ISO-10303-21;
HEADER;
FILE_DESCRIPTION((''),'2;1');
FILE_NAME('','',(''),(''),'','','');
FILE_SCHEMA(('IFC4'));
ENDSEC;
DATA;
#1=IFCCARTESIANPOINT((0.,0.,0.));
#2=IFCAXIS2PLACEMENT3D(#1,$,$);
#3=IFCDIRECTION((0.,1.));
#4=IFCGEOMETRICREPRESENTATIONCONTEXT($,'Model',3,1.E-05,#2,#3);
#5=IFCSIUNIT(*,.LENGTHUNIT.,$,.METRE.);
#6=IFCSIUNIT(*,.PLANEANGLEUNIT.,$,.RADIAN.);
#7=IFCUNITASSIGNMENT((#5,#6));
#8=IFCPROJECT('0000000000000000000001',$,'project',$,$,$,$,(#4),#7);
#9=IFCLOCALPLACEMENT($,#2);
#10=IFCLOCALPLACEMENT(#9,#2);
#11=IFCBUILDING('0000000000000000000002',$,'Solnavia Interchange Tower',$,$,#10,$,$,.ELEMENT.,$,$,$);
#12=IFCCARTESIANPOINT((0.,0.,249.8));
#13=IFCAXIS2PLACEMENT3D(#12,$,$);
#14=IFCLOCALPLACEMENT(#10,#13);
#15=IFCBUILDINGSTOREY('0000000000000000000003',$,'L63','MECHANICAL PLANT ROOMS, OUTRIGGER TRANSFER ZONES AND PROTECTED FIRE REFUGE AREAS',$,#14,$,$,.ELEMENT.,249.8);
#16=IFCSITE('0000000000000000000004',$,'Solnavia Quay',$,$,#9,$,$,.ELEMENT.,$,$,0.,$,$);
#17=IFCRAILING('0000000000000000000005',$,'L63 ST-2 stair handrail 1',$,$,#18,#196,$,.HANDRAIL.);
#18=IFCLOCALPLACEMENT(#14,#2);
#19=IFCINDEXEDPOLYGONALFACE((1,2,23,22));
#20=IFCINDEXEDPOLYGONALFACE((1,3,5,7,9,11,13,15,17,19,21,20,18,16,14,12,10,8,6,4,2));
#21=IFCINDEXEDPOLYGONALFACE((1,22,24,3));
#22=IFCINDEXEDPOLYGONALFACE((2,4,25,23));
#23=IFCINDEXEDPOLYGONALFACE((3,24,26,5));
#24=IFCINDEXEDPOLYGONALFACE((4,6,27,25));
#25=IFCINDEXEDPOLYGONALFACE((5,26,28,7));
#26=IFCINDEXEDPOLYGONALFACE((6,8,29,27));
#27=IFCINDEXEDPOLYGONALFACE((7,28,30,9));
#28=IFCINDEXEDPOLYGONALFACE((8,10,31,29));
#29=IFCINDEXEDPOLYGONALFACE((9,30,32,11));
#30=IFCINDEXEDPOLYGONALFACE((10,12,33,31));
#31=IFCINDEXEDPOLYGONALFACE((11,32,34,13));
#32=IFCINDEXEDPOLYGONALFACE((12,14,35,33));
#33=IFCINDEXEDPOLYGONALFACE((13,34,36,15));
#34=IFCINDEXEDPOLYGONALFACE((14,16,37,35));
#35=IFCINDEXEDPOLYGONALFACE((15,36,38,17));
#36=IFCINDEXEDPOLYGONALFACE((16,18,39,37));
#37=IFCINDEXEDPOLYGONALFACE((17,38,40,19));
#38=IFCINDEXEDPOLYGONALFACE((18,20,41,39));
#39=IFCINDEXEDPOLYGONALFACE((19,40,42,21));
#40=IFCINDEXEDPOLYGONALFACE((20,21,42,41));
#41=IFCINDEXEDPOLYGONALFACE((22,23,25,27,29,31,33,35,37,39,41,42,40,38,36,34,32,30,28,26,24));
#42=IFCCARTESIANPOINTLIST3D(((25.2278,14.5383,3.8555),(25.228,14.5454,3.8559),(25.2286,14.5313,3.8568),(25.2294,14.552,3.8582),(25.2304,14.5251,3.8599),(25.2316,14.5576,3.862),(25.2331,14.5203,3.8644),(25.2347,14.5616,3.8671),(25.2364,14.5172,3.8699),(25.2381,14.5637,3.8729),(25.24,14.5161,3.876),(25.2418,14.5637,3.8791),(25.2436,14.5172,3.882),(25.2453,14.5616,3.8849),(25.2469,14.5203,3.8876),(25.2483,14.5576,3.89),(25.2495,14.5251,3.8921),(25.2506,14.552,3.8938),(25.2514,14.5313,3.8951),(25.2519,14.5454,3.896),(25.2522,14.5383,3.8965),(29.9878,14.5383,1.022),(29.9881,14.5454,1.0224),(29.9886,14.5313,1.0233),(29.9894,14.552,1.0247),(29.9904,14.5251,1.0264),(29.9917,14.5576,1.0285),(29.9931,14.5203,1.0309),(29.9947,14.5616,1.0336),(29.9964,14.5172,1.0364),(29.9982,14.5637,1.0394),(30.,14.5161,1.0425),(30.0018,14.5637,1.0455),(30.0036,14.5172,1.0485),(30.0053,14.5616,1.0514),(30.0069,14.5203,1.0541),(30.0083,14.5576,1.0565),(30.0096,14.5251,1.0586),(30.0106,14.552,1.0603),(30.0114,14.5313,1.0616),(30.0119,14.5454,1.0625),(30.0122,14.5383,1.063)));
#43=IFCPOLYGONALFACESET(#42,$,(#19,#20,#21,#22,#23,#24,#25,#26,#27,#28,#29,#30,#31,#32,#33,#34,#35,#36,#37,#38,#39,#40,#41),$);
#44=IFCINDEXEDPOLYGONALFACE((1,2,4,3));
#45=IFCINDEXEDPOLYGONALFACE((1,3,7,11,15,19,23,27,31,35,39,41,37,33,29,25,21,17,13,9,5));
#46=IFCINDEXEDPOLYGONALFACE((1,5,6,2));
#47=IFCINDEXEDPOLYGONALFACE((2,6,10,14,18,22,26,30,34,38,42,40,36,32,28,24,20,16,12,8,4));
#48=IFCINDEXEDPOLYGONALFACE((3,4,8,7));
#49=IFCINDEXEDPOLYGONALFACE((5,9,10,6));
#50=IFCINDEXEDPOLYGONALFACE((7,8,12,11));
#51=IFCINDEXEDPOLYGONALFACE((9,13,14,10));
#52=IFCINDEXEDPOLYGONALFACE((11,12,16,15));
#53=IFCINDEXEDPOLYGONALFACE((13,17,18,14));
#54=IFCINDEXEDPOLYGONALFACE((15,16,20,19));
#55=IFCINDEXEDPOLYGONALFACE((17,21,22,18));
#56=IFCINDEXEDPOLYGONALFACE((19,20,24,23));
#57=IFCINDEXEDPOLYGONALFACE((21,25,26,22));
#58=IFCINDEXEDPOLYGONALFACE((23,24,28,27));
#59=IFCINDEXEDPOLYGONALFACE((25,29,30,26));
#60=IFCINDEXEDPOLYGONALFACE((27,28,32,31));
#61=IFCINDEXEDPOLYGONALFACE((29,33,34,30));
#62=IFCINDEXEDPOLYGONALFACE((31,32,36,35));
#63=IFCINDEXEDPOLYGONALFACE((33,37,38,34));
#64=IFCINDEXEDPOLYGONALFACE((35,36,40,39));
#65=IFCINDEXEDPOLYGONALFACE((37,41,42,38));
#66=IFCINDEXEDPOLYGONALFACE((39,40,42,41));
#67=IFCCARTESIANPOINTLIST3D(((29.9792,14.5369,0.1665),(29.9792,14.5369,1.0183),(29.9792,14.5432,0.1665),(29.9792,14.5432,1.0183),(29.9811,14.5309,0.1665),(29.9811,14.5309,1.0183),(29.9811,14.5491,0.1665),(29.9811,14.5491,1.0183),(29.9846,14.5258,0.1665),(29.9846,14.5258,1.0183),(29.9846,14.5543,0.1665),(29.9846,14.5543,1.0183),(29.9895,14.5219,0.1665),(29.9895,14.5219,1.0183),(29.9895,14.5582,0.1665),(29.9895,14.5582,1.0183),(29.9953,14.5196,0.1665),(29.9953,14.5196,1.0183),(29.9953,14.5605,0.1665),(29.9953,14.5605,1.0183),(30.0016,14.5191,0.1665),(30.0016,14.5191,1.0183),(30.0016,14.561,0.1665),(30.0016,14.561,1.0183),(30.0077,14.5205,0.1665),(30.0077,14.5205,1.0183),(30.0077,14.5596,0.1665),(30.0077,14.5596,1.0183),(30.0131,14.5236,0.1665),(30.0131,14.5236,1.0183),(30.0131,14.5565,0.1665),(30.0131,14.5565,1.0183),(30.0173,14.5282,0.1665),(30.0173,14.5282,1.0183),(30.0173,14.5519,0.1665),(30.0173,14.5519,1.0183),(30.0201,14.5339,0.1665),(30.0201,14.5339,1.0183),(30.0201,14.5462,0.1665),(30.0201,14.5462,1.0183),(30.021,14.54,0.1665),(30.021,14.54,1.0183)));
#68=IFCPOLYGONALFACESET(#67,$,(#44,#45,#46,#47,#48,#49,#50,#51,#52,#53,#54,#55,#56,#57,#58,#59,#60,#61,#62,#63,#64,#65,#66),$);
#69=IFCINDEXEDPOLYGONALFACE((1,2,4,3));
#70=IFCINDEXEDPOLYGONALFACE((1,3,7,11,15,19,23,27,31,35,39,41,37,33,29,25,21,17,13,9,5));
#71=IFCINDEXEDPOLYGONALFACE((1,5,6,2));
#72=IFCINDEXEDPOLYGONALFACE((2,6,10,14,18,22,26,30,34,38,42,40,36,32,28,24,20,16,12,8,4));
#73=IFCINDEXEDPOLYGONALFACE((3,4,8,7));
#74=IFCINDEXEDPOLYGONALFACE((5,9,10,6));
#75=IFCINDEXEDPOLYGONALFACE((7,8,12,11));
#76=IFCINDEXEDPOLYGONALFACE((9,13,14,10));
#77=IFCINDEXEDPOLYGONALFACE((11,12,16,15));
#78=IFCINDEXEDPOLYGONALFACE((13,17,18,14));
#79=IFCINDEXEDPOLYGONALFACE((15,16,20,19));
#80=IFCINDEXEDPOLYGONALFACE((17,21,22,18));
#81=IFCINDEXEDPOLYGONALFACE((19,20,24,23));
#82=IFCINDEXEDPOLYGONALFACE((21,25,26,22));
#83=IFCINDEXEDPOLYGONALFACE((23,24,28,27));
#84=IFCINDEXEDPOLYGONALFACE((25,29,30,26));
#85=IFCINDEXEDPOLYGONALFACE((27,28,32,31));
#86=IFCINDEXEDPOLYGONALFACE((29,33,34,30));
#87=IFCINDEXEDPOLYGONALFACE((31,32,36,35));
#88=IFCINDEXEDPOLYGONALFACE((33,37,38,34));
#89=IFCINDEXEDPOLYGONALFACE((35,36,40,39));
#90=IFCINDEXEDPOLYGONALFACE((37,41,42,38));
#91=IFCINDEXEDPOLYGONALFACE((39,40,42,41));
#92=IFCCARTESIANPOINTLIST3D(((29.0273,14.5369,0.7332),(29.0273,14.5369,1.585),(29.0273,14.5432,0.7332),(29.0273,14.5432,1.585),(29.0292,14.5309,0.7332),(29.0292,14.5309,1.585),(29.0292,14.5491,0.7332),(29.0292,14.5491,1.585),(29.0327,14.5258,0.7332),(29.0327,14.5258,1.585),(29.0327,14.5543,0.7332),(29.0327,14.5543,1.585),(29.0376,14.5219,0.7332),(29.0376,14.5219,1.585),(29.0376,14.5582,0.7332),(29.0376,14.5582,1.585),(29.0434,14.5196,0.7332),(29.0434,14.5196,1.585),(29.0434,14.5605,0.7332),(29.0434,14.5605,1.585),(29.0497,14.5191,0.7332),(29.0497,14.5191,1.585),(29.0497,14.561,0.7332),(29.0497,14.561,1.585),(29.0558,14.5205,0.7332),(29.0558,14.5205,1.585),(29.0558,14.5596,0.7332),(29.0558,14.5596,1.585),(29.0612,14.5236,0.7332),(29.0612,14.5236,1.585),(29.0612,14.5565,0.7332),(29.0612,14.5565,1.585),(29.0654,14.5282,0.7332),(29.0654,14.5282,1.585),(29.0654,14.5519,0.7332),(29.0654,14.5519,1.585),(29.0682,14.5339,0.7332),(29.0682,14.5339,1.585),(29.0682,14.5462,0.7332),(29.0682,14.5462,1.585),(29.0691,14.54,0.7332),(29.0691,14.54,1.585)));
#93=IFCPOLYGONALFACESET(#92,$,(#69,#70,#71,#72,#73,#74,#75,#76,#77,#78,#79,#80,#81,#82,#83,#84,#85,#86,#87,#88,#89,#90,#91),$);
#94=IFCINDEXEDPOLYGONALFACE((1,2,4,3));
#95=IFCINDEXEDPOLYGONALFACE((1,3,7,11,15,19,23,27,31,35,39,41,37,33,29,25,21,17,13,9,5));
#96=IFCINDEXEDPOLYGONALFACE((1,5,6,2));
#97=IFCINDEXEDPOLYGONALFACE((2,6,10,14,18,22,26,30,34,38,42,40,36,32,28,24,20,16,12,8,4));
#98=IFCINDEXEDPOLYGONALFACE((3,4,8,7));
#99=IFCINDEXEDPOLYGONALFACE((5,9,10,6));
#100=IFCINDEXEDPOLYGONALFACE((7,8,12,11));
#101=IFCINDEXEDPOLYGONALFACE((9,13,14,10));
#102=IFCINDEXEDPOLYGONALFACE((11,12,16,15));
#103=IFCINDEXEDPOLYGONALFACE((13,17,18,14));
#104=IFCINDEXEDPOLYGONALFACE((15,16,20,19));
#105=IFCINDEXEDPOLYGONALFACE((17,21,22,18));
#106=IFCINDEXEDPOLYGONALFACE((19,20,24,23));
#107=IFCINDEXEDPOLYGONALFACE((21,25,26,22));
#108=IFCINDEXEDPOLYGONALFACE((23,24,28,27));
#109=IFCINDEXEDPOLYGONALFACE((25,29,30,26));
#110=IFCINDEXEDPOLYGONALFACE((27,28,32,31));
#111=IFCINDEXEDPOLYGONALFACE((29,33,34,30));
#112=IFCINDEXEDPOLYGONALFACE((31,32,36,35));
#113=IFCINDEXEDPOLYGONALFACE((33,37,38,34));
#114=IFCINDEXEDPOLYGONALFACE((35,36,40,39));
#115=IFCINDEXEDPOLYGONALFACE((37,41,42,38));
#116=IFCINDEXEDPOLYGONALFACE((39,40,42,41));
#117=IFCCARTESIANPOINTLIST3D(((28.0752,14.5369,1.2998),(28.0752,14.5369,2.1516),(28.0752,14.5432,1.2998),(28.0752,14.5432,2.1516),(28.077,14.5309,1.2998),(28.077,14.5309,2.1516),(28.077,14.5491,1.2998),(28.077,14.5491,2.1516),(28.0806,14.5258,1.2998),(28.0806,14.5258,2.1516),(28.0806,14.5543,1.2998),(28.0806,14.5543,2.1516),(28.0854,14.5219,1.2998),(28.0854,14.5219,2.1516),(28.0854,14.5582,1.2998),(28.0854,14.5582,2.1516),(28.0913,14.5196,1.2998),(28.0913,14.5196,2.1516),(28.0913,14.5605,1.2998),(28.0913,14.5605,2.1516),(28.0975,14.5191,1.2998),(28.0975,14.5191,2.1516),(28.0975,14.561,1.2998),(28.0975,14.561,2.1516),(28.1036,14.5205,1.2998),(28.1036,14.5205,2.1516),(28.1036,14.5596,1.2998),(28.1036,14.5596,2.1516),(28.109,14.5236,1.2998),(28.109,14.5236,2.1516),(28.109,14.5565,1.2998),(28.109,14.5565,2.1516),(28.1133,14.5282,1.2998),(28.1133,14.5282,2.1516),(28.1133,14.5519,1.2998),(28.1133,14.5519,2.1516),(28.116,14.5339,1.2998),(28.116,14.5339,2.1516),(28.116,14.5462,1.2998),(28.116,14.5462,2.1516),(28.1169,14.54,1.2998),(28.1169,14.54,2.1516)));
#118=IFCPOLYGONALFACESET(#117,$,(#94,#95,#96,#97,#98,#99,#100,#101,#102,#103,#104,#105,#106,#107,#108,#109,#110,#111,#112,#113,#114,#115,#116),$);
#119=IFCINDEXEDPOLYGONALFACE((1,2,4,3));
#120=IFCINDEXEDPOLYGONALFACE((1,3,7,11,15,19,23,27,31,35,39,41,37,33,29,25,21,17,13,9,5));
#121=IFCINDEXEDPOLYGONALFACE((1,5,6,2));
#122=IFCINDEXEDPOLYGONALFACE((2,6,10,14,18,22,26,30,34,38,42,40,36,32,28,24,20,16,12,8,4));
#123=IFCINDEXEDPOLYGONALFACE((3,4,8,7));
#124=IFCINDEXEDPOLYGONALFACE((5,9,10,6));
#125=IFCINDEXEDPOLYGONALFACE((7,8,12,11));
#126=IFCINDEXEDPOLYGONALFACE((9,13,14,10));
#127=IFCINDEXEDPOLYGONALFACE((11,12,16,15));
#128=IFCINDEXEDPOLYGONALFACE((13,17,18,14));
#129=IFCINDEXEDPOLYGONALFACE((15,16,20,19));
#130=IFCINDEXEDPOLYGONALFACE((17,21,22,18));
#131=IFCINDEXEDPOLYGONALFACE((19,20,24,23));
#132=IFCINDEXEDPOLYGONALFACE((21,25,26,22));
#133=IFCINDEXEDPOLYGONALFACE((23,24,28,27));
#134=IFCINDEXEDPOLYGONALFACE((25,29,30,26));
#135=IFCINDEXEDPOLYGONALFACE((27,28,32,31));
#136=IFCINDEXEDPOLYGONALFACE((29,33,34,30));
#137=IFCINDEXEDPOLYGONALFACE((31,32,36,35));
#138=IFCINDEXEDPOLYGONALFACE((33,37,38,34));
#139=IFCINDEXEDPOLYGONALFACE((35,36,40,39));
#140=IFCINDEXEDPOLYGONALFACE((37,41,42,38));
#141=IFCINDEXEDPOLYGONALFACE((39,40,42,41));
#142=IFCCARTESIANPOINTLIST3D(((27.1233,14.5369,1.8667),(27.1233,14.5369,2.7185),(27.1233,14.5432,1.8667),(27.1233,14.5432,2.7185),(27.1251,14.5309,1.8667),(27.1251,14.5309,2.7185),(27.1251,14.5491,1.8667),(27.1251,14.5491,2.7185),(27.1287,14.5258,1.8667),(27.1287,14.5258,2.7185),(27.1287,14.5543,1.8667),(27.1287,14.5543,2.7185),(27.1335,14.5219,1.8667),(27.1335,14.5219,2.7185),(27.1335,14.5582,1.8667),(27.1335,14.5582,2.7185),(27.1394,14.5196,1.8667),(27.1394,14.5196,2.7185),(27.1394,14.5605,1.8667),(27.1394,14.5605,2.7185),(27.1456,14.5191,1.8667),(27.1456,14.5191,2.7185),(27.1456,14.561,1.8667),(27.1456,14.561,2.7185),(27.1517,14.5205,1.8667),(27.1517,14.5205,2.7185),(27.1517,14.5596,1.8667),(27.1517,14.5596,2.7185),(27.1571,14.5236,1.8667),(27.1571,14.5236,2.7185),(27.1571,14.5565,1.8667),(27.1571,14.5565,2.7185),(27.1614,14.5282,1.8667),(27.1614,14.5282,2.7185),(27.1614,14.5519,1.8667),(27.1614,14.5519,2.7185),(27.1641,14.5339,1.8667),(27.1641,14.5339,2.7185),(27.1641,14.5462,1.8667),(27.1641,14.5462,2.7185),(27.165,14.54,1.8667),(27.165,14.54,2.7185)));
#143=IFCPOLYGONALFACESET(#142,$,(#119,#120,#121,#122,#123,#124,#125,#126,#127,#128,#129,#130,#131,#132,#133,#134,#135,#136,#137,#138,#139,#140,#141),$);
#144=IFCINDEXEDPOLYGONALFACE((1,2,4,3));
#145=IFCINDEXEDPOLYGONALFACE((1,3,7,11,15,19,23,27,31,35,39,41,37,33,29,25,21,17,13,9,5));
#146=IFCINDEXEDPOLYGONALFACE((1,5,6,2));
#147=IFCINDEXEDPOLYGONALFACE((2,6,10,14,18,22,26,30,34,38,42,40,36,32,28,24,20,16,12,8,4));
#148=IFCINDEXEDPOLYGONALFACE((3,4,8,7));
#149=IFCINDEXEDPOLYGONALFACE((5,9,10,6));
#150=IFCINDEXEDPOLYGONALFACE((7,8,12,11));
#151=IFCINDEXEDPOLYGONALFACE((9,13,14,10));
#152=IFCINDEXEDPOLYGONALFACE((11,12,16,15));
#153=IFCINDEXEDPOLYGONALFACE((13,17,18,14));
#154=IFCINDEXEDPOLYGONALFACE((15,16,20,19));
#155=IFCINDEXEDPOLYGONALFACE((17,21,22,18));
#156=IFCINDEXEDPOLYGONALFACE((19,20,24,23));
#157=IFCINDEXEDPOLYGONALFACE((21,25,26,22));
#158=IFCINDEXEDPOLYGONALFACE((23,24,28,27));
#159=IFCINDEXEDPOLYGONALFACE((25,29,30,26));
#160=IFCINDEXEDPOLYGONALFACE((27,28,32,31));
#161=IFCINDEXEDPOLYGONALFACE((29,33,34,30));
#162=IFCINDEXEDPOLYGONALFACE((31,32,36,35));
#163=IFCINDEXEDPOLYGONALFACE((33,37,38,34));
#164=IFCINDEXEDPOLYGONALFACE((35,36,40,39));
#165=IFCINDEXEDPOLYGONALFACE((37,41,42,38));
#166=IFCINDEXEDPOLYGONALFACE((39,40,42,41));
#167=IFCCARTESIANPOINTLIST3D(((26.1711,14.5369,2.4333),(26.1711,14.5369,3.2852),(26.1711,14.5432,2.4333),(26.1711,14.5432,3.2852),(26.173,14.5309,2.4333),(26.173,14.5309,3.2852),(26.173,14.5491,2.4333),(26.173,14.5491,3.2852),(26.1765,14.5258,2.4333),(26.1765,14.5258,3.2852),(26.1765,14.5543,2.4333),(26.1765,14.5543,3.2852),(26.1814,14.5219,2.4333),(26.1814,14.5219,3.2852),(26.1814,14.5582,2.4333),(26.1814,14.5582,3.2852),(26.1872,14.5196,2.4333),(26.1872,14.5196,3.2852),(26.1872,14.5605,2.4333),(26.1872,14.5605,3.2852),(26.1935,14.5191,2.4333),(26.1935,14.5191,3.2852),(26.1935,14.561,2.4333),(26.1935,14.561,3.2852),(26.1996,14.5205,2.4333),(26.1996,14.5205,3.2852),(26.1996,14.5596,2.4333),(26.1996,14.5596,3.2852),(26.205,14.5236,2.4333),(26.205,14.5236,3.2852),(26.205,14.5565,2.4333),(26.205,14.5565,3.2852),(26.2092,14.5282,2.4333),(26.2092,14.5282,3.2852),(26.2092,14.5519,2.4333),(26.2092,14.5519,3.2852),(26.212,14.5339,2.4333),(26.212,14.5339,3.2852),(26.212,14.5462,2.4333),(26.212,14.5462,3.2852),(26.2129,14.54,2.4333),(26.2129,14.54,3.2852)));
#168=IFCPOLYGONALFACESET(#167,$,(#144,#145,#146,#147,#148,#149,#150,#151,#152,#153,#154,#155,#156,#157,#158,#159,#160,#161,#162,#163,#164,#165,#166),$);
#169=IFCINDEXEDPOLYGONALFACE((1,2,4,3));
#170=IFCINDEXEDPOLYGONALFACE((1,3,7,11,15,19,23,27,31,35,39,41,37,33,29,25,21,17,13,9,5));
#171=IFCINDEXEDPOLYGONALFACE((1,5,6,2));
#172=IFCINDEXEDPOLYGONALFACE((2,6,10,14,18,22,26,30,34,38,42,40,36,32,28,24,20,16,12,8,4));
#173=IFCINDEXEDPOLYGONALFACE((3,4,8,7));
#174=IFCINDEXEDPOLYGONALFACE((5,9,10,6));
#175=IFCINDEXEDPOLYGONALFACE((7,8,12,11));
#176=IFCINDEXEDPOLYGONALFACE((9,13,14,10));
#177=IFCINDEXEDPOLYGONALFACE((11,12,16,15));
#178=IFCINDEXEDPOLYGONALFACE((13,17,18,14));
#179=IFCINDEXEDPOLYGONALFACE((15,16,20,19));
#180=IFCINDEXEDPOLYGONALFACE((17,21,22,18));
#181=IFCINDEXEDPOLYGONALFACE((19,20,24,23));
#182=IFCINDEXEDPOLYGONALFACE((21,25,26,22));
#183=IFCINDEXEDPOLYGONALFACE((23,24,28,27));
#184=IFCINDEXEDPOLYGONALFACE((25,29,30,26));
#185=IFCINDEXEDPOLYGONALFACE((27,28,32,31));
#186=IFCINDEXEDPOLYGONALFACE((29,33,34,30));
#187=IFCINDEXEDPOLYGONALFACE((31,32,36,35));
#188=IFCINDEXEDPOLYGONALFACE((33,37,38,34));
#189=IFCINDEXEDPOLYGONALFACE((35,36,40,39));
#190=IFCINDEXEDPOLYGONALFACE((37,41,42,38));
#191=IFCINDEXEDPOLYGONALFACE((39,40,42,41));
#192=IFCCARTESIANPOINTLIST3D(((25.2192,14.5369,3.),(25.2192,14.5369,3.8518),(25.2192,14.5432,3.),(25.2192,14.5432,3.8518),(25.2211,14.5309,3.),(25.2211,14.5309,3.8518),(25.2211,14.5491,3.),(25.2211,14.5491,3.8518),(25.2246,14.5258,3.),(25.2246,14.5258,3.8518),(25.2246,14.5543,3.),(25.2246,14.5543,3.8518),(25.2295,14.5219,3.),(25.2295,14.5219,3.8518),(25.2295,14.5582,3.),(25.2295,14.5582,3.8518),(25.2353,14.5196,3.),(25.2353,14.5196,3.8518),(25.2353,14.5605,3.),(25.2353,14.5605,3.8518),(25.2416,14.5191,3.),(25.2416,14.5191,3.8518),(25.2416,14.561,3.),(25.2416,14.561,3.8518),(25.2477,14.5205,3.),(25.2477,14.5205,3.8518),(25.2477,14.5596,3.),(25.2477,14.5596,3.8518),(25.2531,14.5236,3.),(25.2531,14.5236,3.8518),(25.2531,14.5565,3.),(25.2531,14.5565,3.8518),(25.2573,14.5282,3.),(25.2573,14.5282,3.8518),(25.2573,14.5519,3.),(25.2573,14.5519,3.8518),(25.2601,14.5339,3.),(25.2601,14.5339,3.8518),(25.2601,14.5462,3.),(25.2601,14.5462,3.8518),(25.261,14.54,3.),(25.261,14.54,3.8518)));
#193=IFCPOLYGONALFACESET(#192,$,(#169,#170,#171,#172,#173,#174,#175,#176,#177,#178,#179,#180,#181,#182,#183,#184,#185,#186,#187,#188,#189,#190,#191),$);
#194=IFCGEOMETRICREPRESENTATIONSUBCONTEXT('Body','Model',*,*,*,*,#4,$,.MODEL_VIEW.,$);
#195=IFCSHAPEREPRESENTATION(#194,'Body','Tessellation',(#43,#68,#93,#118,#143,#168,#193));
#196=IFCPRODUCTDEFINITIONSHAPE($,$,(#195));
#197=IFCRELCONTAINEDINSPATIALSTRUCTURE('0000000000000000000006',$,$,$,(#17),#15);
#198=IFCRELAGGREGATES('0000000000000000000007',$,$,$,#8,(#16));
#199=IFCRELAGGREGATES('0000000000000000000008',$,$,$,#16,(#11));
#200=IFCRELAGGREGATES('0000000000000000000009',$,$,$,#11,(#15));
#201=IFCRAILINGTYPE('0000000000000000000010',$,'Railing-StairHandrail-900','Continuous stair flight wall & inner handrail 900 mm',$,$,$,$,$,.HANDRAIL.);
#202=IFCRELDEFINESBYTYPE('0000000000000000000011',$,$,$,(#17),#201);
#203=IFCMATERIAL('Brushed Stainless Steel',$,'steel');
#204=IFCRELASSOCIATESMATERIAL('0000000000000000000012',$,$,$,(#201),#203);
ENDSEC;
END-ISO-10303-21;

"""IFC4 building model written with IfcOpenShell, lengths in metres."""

from ifc_helpers import new_model, si_unit, direction, frame, origin, origin_2d, place, context, subcontext, project, spatial, circle, extrude, material, type_object, element, save


model = new_model("IFC4")

# Units and contexts
model_context = context("Model", 3, precision=1e-05, world=origin(), true_north=direction((0.0, 1.0)))
body_context = subcontext(model_context, "Body", "Model", "MODEL_VIEW")
ifc_project = project(units=[si_unit("LENGTHUNIT", "METRE"), si_unit("PLANEANGLEUNIT", "RADIAN")], contexts=[model_context])

# Site, building, storey
site_placement = place(None, origin())
site = spatial("IfcSite", under=ifc_project, at=site_placement, Name="Solnavia Quay", CompositionType="ELEMENT", RefElevation=0.0)
building_placement = place(site_placement, origin())
building = spatial("IfcBuilding", under=site, at=building_placement, Name="Solnavia Interchange Tower", CompositionType="ELEMENT")
storey_placement = place(building_placement, frame((0.0, 0.0, 249.8)))
storey = spatial("IfcBuildingStorey", under=building, at=storey_placement, Name="L63", Description="MECHANICAL PLANT ROOMS, OUTRIGGER TRANSFER ZONES AND PROTECTED FIRE REFUGE AREAS", CompositionType="ELEMENT", Elevation=249.8)

# Railing
ifc_material_1 = material(Name="Brushed Stainless Steel", Category="steel")
railing_type = type_object("IfcRailingType", Name="Railing-StairHandrail-900", Description="Continuous stair flight wall & inner handrail 900 mm", PredefinedType="HANDRAIL", material=ifc_material_1)
railing_placement = place(storey_placement, frame((30.0, 14.54, 0.1665)))
element("IfcRailing", 1, at=railing_placement, inside=storey, type_object=railing_type, Name="L63 ST-2 stair handrail 1", PredefinedType="HANDRAIL", context=body_context, shape_type="SweptSolid", body=[
    extrude(circle(Radius=0.0239, at=origin_2d()), frame((0.0, 0.0, 0.876), z_axis=(-0.85928, 0.0, 0.511505), x_axis=(0.0, -1.0, 0.0)), (0.0, 0.0, 1.0), 5.5396),
    extrude(circle(Radius=0.021, at=origin_2d()), origin(), (0.0, 0.0, 1.0), 0.8518),
    extrude(circle(Radius=0.021, at=origin_2d()), frame((-0.9519, 0.0, 0.5667)), (0.0, 0.0, 1.0), 0.8518),
    extrude(circle(Radius=0.021, at=origin_2d()), frame((-1.9041, 0.0, 1.1333)), (0.0, 0.0, 1.0), 0.8518),
    extrude(circle(Radius=0.021, at=origin_2d()), frame((-2.856, 0.0, 1.7002)), (0.0, 0.0, 1.0), 0.8518),
    extrude(circle(Radius=0.021, at=origin_2d()), frame((-3.8081, 0.0, 2.2668)), (0.0, 0.0, 1.0), 0.8518),
    extrude(circle(Radius=0.021, at=origin_2d()), frame((-4.76, 0.0, 2.8335)), (0.0, 0.0, 1.0), 0.8518),
])

save(model, "model.ifc")
